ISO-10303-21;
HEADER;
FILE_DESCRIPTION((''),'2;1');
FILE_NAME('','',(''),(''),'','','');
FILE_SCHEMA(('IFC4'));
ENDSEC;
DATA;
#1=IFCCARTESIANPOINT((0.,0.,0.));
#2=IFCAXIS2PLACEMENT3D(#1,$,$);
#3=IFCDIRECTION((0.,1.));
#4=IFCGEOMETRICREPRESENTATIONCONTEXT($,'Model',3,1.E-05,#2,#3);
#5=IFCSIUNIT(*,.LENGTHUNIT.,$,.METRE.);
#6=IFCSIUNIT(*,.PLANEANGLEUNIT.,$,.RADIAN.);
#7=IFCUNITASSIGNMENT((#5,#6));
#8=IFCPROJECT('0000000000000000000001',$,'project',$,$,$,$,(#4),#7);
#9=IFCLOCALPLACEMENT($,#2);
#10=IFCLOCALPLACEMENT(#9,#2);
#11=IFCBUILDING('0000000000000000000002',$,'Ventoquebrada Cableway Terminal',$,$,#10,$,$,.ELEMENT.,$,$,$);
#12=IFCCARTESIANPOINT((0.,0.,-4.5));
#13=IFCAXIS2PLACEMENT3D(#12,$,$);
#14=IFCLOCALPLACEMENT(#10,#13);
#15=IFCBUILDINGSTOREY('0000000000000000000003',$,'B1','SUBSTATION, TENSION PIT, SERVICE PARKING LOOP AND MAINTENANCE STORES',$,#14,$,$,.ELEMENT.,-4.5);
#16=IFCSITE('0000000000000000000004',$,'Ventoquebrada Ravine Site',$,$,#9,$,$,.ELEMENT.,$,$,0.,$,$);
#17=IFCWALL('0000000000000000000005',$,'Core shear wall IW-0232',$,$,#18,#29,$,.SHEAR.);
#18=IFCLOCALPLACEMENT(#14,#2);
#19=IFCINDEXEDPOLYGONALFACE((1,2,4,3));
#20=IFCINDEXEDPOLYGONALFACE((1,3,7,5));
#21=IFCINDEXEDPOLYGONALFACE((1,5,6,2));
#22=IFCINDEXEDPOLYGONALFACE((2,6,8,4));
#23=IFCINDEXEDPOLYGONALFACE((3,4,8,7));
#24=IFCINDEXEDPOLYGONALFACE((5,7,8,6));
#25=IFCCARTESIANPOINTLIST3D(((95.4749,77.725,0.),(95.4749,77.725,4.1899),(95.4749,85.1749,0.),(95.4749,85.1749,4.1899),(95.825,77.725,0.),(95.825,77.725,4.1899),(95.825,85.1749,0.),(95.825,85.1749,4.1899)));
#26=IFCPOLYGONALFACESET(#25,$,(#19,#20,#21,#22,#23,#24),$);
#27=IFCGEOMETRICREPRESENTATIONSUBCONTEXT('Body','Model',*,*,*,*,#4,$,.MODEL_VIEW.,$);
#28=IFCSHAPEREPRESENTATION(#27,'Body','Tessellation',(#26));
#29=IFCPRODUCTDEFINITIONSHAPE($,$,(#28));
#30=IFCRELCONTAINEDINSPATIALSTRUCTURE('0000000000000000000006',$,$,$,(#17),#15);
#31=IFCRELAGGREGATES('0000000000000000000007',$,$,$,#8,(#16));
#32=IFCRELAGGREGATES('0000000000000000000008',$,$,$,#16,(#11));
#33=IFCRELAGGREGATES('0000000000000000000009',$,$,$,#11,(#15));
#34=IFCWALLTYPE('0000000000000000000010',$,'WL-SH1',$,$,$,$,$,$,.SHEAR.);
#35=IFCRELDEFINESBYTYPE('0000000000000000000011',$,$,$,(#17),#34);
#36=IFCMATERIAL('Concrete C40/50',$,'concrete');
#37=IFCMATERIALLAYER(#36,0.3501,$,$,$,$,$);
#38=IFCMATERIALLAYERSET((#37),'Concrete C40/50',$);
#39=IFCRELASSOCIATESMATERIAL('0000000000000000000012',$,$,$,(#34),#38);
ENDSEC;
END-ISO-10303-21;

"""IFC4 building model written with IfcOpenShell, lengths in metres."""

from ifc_helpers import new_model, si_unit, direction, frame, frame_2d, origin, place, context, subcontext, project, spatial, rectangle, extrude, material, layer, layer_set, type_object, element, save


model = new_model("IFC4")

# Units and contexts
model_context = context("Model", 3, precision=1e-05, world=origin(), true_north=direction((0.0, 1.0)))
body_context = subcontext(model_context, "Body", "Model", "MODEL_VIEW")
ifc_project = project(units=[si_unit("LENGTHUNIT", "METRE"), si_unit("PLANEANGLEUNIT", "RADIAN")], contexts=[model_context])

# Site, building, storey
site_placement = place(None, origin())
site = spatial("IfcSite", under=ifc_project, at=site_placement, Name="Ventoquebrada Ravine Site", CompositionType="ELEMENT", RefElevation=0.0)
building_placement = place(site_placement, origin())
building = spatial("IfcBuilding", under=site, at=building_placement, Name="Ventoquebrada Cableway Terminal", CompositionType="ELEMENT")
storey_placement = place(building_placement, frame((0.0, 0.0, -4.5)))
storey = spatial("IfcBuildingStorey", under=building, at=storey_placement, Name="B1", Description="SUBSTATION, TENSION PIT, SERVICE PARKING LOOP AND MAINTENANCE STORES", CompositionType="ELEMENT", Elevation=-4.5)

# Shared definitions
ifc_material_1 = material(Name="Concrete C40/50", Category="concrete")

# Wall
ifc_layer_1 = layer(ifc_material_1, 0.3501)
ifc_layer_set_1 = layer_set([ifc_layer_1], Name="Concrete C40/50")
wall_type_1 = type_object("IfcWallType", Name="WL-SH1", PredefinedType="SHEAR", material=ifc_layer_set_1)
wall_1_placement = place(storey_placement, frame((95.6499, 85.175, 0.0), z_axis=(0.0, 0.0, 1.0), x_axis=(0.0, -1.0, 0.0)))
element("IfcWall", 1, at=wall_1_placement, inside=storey, type_object=wall_type_1, Name="Core shear wall IW-0232", PredefinedType="SHEAR", context=body_context, shape_type="SweptSolid", body=[
    extrude(rectangle(XDim=7.45, YDim=0.3501, at=frame_2d((3.7251, 0.0))), origin(), (0.0, 0.0, 1.0), 4.1899),
])

save(model, "model.ifc")
